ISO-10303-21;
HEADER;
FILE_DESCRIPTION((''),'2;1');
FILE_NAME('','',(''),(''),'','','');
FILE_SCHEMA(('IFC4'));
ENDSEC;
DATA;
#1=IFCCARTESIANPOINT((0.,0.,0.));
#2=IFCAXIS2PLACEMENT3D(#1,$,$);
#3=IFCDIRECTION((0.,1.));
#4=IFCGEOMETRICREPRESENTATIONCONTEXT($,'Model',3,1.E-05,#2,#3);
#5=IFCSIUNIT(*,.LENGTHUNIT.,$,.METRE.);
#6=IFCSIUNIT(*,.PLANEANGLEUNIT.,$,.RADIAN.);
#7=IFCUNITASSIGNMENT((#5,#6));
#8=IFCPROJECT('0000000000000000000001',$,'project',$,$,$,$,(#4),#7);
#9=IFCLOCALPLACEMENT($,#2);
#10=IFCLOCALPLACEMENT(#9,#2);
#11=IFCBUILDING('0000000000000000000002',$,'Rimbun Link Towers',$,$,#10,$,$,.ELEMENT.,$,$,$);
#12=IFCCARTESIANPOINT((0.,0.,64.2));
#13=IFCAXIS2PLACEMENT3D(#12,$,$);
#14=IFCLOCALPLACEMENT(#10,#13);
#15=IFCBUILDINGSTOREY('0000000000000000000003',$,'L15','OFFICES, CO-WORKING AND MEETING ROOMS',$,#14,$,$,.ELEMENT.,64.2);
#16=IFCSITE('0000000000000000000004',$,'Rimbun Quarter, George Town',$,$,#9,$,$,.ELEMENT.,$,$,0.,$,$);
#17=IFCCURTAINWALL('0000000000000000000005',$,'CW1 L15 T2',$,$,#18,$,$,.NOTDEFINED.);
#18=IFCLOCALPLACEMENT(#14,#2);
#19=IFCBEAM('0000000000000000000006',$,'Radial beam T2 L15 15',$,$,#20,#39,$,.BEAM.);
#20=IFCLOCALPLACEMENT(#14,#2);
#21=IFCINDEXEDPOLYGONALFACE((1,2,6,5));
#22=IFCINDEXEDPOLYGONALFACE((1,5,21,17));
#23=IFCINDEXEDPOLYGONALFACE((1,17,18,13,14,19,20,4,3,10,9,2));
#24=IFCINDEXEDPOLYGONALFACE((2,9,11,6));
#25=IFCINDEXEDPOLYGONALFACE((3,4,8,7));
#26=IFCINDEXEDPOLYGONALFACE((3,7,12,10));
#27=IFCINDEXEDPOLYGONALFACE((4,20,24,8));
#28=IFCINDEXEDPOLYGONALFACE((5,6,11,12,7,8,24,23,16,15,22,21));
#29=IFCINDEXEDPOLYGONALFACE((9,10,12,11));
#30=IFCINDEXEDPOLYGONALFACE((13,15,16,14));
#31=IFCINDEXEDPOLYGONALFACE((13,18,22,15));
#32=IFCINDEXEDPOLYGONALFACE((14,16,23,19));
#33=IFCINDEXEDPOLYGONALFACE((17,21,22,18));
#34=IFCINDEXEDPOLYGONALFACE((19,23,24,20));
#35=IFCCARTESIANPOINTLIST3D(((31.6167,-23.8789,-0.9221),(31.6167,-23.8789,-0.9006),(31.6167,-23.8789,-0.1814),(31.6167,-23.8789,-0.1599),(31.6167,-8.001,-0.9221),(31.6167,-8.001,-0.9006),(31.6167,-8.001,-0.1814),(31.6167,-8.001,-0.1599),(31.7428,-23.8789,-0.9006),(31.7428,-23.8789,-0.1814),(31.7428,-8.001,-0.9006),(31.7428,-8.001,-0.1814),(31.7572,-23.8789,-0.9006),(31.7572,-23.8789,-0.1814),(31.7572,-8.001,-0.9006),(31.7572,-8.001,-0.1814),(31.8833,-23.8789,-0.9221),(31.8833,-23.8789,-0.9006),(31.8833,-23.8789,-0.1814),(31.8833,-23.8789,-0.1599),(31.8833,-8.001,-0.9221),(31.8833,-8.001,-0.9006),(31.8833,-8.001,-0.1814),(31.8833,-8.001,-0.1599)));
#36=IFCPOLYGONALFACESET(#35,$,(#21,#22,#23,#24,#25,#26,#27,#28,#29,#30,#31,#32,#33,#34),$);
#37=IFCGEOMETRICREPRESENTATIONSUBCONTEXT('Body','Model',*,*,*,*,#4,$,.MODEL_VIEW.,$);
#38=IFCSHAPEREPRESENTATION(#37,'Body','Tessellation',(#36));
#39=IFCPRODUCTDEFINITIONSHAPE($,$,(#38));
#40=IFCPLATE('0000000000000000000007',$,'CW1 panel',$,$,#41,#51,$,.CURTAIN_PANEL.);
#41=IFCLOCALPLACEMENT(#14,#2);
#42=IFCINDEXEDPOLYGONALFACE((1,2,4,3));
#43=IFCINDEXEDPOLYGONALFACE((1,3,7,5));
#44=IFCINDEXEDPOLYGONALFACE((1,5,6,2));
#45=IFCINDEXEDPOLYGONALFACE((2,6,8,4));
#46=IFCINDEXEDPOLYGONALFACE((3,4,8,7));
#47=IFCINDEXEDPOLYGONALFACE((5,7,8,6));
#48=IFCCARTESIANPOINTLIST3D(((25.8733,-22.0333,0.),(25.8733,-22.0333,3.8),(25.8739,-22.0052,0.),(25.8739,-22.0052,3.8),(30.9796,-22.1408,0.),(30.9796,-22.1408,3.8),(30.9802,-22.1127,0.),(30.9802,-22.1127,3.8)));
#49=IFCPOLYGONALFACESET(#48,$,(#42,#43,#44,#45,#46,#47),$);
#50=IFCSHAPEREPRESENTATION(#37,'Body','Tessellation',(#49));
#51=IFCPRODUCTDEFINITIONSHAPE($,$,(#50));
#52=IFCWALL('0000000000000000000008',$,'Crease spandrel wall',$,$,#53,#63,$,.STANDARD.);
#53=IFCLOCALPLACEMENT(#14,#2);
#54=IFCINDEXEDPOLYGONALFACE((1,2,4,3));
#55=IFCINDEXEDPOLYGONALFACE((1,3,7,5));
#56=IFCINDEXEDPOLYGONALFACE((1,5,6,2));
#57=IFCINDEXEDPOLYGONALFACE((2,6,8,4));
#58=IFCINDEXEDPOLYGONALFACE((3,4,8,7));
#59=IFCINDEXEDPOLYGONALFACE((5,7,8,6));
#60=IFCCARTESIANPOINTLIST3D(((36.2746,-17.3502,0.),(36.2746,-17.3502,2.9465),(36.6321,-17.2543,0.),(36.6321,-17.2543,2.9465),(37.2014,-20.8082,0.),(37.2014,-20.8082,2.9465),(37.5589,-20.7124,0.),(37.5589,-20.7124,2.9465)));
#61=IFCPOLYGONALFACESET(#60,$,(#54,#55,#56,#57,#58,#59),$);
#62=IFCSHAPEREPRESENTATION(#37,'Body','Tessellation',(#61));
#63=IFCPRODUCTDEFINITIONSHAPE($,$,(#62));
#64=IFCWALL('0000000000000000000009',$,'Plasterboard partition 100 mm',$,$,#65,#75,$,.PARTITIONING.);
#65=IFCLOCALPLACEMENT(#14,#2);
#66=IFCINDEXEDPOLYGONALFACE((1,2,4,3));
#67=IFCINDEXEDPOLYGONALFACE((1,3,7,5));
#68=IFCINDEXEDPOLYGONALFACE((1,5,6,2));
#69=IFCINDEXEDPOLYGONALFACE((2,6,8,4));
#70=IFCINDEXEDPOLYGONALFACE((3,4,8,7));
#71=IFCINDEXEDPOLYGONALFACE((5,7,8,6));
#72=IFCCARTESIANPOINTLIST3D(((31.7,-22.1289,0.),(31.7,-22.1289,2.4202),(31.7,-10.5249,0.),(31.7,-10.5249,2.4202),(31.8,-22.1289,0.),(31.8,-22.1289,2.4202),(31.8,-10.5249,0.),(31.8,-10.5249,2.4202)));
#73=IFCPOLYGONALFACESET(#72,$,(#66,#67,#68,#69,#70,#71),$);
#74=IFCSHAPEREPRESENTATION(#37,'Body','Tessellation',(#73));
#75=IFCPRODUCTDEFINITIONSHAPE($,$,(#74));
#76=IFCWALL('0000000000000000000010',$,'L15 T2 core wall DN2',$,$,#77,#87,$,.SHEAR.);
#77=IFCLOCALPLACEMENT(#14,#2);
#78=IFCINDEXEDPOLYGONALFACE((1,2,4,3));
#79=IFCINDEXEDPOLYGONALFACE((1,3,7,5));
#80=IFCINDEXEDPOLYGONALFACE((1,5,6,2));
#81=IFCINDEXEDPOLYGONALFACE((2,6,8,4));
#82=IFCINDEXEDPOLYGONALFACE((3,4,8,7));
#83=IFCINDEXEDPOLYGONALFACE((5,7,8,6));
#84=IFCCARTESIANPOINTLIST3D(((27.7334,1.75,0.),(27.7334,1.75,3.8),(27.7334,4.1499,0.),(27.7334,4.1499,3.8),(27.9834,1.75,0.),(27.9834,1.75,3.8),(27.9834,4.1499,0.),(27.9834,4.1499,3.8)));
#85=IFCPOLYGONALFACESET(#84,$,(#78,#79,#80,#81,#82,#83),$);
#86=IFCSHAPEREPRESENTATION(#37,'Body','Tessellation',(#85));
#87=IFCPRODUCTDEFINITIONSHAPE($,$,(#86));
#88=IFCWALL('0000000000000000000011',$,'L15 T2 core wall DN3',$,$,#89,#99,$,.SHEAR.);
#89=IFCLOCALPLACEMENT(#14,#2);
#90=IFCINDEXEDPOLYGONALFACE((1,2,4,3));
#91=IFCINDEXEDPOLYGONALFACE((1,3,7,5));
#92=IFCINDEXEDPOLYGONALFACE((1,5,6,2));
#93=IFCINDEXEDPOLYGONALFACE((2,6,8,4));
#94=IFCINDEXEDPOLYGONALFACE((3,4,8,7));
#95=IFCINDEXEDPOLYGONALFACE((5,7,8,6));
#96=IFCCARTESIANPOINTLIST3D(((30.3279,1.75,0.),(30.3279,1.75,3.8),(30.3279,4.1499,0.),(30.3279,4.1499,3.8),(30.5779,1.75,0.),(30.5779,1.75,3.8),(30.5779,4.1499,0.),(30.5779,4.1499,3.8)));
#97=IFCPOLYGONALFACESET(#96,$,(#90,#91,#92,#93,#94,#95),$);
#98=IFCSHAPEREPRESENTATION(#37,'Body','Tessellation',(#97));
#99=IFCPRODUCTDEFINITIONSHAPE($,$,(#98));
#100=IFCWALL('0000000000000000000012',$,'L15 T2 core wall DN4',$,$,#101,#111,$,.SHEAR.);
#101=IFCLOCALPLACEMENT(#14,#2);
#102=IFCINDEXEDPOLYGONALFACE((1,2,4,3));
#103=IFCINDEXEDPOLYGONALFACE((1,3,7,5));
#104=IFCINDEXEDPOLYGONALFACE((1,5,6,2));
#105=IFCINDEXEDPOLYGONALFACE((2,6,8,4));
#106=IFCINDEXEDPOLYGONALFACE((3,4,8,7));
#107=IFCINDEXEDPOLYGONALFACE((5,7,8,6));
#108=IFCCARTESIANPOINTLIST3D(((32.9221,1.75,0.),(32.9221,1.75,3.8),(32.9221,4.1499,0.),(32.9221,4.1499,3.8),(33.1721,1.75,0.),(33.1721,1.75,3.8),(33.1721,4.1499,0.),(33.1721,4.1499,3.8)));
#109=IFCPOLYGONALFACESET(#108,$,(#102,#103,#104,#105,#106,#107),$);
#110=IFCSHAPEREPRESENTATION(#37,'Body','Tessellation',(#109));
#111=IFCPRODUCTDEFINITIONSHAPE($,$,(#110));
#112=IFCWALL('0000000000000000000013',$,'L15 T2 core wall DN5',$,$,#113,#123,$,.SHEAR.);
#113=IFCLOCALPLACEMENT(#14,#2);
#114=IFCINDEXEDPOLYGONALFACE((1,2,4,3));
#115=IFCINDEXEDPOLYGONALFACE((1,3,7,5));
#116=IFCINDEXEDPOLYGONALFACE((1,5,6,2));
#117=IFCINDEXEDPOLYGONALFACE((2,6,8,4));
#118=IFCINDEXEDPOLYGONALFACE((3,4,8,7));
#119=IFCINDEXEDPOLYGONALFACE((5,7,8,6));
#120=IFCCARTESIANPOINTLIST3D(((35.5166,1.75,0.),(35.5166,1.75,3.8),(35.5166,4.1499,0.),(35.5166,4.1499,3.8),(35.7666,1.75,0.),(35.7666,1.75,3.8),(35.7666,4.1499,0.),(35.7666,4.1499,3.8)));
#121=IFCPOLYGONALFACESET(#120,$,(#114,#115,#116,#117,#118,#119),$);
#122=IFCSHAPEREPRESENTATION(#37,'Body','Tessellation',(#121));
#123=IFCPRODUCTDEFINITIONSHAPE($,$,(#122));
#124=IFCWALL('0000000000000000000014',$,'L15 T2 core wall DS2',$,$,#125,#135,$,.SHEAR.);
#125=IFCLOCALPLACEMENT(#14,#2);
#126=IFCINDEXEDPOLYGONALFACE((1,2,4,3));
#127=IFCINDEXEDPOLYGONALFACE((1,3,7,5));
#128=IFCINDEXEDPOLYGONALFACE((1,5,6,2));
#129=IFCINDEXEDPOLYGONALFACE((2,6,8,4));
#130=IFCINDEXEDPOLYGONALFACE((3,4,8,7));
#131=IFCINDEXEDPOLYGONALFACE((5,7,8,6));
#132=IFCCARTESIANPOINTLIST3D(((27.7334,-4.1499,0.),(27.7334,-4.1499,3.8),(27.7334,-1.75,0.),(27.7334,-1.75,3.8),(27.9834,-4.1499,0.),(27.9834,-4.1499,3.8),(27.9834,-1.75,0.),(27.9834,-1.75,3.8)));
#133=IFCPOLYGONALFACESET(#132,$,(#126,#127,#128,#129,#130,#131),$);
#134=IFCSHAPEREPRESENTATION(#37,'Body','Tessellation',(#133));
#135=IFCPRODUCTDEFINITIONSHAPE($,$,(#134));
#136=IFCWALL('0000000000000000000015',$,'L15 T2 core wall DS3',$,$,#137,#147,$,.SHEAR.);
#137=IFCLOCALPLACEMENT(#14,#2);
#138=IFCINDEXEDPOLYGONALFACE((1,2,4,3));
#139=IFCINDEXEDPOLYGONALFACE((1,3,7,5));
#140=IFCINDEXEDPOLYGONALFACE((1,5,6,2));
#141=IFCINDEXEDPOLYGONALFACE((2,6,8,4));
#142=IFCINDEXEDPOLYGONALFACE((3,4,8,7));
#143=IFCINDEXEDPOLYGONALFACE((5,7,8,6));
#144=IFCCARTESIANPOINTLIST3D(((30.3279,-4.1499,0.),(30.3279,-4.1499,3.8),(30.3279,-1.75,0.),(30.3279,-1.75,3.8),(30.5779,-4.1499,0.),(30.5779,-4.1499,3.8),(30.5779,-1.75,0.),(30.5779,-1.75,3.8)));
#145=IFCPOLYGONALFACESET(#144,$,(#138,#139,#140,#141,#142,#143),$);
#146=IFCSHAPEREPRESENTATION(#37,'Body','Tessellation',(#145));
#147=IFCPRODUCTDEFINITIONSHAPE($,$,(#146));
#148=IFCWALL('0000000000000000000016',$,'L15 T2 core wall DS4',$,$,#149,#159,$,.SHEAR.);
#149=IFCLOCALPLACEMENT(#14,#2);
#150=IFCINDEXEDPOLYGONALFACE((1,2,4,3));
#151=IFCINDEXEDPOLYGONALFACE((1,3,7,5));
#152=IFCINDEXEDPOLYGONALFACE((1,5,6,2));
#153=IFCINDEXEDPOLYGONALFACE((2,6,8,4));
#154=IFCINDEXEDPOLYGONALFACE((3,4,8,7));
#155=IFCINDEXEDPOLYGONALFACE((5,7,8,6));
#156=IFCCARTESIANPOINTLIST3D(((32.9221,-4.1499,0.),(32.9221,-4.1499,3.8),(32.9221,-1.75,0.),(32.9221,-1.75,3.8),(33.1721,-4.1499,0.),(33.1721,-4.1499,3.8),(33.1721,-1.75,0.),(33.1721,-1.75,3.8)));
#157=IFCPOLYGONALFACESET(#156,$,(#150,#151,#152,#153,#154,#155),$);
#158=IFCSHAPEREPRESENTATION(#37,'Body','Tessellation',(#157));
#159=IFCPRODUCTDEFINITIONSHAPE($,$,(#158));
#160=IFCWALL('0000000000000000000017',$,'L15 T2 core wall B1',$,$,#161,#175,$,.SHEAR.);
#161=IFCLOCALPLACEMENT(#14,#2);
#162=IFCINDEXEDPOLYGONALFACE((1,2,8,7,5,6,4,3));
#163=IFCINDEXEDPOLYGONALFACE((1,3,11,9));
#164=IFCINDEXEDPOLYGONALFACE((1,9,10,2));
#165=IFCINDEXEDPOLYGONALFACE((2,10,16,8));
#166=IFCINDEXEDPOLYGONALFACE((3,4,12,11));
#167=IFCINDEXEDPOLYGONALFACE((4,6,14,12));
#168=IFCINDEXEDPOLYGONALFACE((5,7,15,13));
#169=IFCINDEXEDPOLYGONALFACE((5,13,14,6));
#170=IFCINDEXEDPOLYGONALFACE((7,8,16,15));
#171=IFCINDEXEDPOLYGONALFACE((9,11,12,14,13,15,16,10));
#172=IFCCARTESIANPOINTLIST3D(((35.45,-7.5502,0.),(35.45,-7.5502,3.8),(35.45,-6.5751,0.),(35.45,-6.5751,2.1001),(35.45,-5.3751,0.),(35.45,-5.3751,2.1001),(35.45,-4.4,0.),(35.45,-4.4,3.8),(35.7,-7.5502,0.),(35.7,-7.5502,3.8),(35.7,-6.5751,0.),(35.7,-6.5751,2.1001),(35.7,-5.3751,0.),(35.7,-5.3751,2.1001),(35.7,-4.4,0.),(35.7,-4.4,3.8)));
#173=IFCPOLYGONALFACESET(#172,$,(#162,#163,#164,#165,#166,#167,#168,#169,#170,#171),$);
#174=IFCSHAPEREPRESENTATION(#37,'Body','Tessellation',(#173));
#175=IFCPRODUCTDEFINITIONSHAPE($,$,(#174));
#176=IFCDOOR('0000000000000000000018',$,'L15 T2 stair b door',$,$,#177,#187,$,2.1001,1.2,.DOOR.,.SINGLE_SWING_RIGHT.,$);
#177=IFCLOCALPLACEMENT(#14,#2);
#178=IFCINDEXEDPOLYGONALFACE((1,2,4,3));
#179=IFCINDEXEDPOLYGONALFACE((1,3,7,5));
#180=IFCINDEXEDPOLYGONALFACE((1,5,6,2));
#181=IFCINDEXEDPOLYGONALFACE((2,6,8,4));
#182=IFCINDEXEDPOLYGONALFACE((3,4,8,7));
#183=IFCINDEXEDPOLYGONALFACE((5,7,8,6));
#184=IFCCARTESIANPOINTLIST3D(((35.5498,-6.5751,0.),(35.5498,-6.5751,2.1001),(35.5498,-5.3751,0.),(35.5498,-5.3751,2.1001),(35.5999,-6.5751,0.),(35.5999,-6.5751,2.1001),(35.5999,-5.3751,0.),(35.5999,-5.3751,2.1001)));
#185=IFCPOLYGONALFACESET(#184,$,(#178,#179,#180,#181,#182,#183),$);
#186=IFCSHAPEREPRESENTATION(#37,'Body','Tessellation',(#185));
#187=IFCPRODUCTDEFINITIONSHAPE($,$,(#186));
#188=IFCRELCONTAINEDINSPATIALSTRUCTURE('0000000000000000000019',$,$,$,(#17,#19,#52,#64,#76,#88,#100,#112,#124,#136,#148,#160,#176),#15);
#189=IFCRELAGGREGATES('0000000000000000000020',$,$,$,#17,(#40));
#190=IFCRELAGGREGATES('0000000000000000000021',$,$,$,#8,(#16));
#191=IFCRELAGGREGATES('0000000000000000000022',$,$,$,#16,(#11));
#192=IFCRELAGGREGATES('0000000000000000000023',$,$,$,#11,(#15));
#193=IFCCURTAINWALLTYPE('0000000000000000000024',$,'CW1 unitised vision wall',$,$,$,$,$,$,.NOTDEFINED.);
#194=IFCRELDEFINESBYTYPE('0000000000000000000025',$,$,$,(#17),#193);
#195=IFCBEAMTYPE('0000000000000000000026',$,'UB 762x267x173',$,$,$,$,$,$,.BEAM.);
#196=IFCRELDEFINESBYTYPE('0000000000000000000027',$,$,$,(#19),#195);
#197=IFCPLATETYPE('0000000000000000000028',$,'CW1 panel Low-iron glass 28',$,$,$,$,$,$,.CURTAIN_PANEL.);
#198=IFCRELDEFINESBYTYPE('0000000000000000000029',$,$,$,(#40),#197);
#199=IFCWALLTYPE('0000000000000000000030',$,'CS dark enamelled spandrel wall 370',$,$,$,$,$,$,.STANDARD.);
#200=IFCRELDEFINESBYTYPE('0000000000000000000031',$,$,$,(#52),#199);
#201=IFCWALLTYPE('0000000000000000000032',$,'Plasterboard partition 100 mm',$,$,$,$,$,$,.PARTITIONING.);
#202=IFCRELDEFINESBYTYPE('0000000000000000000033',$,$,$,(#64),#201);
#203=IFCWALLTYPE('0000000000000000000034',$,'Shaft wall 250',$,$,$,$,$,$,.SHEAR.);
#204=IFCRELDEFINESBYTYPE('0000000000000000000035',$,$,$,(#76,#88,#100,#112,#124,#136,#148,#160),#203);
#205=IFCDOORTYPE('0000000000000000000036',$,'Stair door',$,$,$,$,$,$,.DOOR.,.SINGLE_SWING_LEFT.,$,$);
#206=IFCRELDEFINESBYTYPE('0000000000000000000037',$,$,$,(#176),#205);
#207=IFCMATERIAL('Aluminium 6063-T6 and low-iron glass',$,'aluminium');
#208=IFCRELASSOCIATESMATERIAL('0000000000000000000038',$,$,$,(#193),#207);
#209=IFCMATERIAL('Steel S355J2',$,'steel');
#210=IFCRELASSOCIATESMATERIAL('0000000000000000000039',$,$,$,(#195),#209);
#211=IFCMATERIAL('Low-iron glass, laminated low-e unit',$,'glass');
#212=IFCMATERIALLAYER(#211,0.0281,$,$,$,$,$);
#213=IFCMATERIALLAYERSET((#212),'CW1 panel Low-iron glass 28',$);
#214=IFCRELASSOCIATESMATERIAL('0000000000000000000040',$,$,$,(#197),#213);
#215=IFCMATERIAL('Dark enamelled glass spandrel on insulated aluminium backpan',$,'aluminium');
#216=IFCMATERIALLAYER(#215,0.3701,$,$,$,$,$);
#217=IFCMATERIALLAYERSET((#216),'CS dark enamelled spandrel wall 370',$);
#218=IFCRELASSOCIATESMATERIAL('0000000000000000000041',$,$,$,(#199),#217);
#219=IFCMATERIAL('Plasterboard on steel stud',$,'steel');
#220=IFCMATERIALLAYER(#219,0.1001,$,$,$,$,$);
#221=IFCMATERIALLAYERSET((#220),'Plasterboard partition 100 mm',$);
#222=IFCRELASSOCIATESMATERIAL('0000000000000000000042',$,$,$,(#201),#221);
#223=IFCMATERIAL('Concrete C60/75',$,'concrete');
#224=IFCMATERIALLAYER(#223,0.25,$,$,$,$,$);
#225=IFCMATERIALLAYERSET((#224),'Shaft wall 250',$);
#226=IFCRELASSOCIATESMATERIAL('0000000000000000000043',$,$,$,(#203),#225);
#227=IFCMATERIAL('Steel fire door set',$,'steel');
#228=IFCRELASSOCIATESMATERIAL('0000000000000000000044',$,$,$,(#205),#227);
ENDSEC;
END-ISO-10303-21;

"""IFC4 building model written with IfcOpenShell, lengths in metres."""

from ifc_helpers import new_model, si_unit, direction, frame, frame_2d, origin, origin_2d, place, context, subcontext, project, spatial, rectangle, i_section, extrude, material, layer, layer_set, material_profile, profile_set, type_object, element, fill, aggregate, save


model = new_model("IFC4")

# Units and contexts
model_context = context("Model", 3, precision=1e-05, world=origin(), true_north=direction((0.0, 1.0)))
body_context = subcontext(model_context, "Body", "Model", "MODEL_VIEW")
ifc_project = project(units=[si_unit("LENGTHUNIT", "METRE"), si_unit("PLANEANGLEUNIT", "RADIAN")], contexts=[model_context])

# Site, building, storey
site_placement = place(None, origin())
site = spatial("IfcSite", under=ifc_project, at=site_placement, Name="Rimbun Quarter, George Town", CompositionType="ELEMENT", RefElevation=0.0)
building_placement = place(site_placement, origin())
building = spatial("IfcBuilding", under=site, at=building_placement, Name="Rimbun Link Towers", CompositionType="ELEMENT")
storey_placement = place(building_placement, frame((0.0, 0.0, 64.2)))
storey = spatial("IfcBuildingStorey", under=building, at=storey_placement, Name="L15", Description="OFFICES, CO-WORKING AND MEETING ROOMS", CompositionType="ELEMENT", Elevation=64.2)

# Curtain wall
ifc_material_1 = material(Name="Aluminium 6063-T6 and low-iron glass", Category="aluminium")
curtain_wall_type = type_object("IfcCurtainWallType", Name="CW1 unitised vision wall", PredefinedType="NOTDEFINED", material=ifc_material_1)
curtain_wall_placement = place(storey_placement, origin())
curtain_wall = element("IfcCurtainWall", 1, at=curtain_wall_placement, inside=storey, type_object=curtain_wall_type, Name="CW1 L15 T2", PredefinedType="NOTDEFINED")

# Beam
ifc_material_2 = material(Name="Steel S355J2", Category="steel")
ifc_material_profile_1 = material_profile(ifc_material_2, i_section(OverallWidth=0.2666, OverallDepth=0.7622, WebThickness=0.0144, FlangeThickness=0.0215, at=origin_2d()), Name="UB 762x267x173")
ifc_profile_set_1 = profile_set([ifc_material_profile_1], Name="Steel S355J2")
beam_type_1 = type_object("IfcBeamType", Name="UB 762x267x173", PredefinedType="BEAM", material=ifc_profile_set_1)
beam_1_placement = place(storey_placement, frame((31.75, -8.001, -0.541), z_axis=(0.0, -1.0, 0.0), x_axis=(1.0, 0.0, 0.0)))
element("IfcBeam", 2, at=beam_1_placement, inside=storey, type_object=beam_type_1, Name="Radial beam T2 L15 15", PredefinedType="BEAM", context=body_context, shape_type="SweptSolid", body=[
    extrude(i_section(OverallWidth=0.2666, OverallDepth=0.7622, WebThickness=0.0144, FlangeThickness=0.0215, at=origin_2d()), origin(), (0.0, 0.0, 1.0), 15.8779),
])

# Plate
ifc_material_3 = material(Name="Low-iron glass, laminated low-e unit", Category="glass")
ifc_layer_1 = layer(ifc_material_3, 0.0281)
ifc_layer_set_1 = layer_set([ifc_layer_1], Name="CW1 panel Low-iron glass 28")
plate_type = type_object("IfcPlateType", Name="CW1 panel Low-iron glass 28", PredefinedType="CURTAIN_PANEL", material=ifc_layer_set_1)
plate_placement = place(storey_placement, frame((28.4268, -22.073, 0.0), z_axis=(0.0, 0.0, 1.0), x_axis=(-0.999778, 0.02106, 0.0)))
plate = element("IfcPlate", 3, at=plate_placement, type_object=plate_type, Name="CW1 panel", PredefinedType="CURTAIN_PANEL", context=body_context, shape_type="SweptSolid", body=[
    extrude(rectangle(XDim=5.1074, YDim=0.0281, at=origin_2d()), origin(), (0.0, 0.0, 1.0), 3.8),
])
aggregate(curtain_wall, [plate])

# Walls
ifc_material_4 = material(Name="Dark enamelled glass spandrel on insulated aluminium backpan", Category="aluminium")
ifc_layer_2 = layer(ifc_material_4, 0.3701)
ifc_layer_set_2 = layer_set([ifc_layer_2], Name="CS dark enamelled spandrel wall 370")
wall_type_1 = type_object("IfcWallType", Name="CS dark enamelled spandrel wall 370", PredefinedType="STANDARD", material=ifc_layer_set_2)
wall_1_placement = place(storey_placement, frame((36.4534, -17.3022, 0.0), z_axis=(0.0, 0.0, 1.0), x_axis=(0.258868, -0.965913, 0.0)))
element("IfcWall", 4, at=wall_1_placement, inside=storey, type_object=wall_type_1, Name="Crease spandrel wall", PredefinedType="STANDARD", context=body_context, shape_type="SweptSolid", body=[
    extrude(rectangle(XDim=3.5801, YDim=0.3701, at=frame_2d((1.79, 0.0))), origin(), (0.0, 0.0, 1.0), 2.9465),
])
ifc_material_5 = material(Name="Plasterboard on steel stud", Category="steel")
ifc_layer_3 = layer(ifc_material_5, 0.1001)
ifc_layer_set_3 = layer_set([ifc_layer_3], Name="Plasterboard partition 100 mm")
wall_type_2 = type_object("IfcWallType", Name="Plasterboard partition 100 mm", PredefinedType="PARTITIONING", material=ifc_layer_set_3)
wall_2_placement = place(storey_placement, frame((31.75, -22.1289, 0.0), z_axis=(0.0, 0.0, 1.0), x_axis=(0.0, 1.0, 0.0)))
element("IfcWall", 5, at=wall_2_placement, inside=storey, type_object=wall_type_2, Name="Plasterboard partition 100 mm", PredefinedType="PARTITIONING", context=body_context, shape_type="SweptSolid", body=[
    extrude(rectangle(XDim=11.604, YDim=0.1001, at=frame_2d((5.802, 0.0))), origin(), (0.0, 0.0, 1.0), 2.4202),
])
ifc_material_6 = material(Name="Concrete C60/75", Category="concrete")
ifc_layer_4 = layer(ifc_material_6, 0.25)
ifc_layer_set_4 = layer_set([ifc_layer_4], Name="Shaft wall 250")
wall_type_3 = type_object("IfcWallType", Name="Shaft wall 250", PredefinedType="SHEAR", material=ifc_layer_set_4)
for number, where, z_axis, x_axis, name in (
    (6, (27.8584, 1.75, 0.0), (0.0, 0.0, 1.0), (0.0, 1.0, 0.0), "L15 T2 core wall DN2"),
    (7, (30.4529, 1.75, 0.0), (0.0, 0.0, 1.0), (0.0, 1.0, 0.0), "L15 T2 core wall DN3"),
    (8, (33.0471, 1.75, 0.0), (0.0, 0.0, 1.0), (0.0, 1.0, 0.0), "L15 T2 core wall DN4"),
    (9, (35.6416, 1.75, 0.0), (0.0, 0.0, 1.0), (0.0, 1.0, 0.0), "L15 T2 core wall DN5"),
    (10, (27.8584, -4.1499, 0.0), (0.0, 0.0, 1.0), (0.0, 1.0, 0.0), "L15 T2 core wall DS2"),
    (11, (30.4529, -4.1499, 0.0), (0.0, 0.0, 1.0), (0.0, 1.0, 0.0), "L15 T2 core wall DS3"),
    (12, (33.0471, -4.1499, 0.0), (0.0, 0.0, 1.0), (0.0, 1.0, 0.0), "L15 T2 core wall DS4"),
):
    element("IfcWall", number, at=place(storey_placement, frame(where, z_axis=z_axis, x_axis=x_axis)), inside=storey, type_object=wall_type_3, Name=name, PredefinedType="SHEAR", context=body_context, shape_type="SweptSolid", body=[
        extrude(rectangle(XDim=2.3999, YDim=0.25, at=frame_2d((1.2, 0.0))), origin(), (0.0, 0.0, 1.0), 3.8),
    ])

# Wall, opening, door
wall_3_placement = place(storey_placement, frame((35.575, -4.3999, 0.0), z_axis=(0.0, 0.0, 1.0), x_axis=(0.0, -1.0, 0.0)))
wall_3 = element("IfcWall", 13, at=wall_3_placement, inside=storey, type_object=wall_type_3, Name="L15 T2 core wall B1", PredefinedType="SHEAR", context=body_context, shape_type="SweptSolid", body=[
    extrude(rectangle(XDim=3.1501, YDim=0.25, at=frame_2d((1.5752, 0.0))), origin(), (0.0, 0.0, 1.0), 3.8),
])
opening_1_placement = place(wall_3_placement, frame((0.9751, 0.0, 0.0)))
opening_1 = element("IfcOpeningElement", 14, at=opening_1_placement, cuts=wall_3, PredefinedType="OPENING", context=body_context, shape_type="SweptSolid", body=[
    extrude(rectangle(XDim=1.2, YDim=2.1001, at=frame_2d((0.6001, 1.05))), frame((0.0, 0.135, 0.0), z_axis=(0.0, -1.0, 0.0), x_axis=(1.0, 0.0, 0.0)), (0.0, 0.0, 1.0), 0.27),
])
ifc_material_7 = material(Name="Steel fire door set", Category="steel")
door_type_1 = type_object("IfcDoorType", Name="Stair door", OperationType="SINGLE_SWING_LEFT", PredefinedType="DOOR", material=ifc_material_7)
door_1_placement = place(opening_1_placement, origin())
door_1 = element("IfcDoor", 15, at=door_1_placement, inside=storey, type_object=door_type_1, Name="L15 T2 stair b door", OperationType="SINGLE_SWING_RIGHT", OverallHeight=2.1001, OverallWidth=1.2, PredefinedType="DOOR", context=body_context, shape_type="SweptSolid", body=[
    extrude(rectangle(XDim=1.2, YDim=2.1001, at=frame_2d((0.6001, 1.05))), frame((0.0, 0.0249, 0.0), z_axis=(0.0, -1.0, 0.0), x_axis=(1.0, 0.0, 0.0)), (0.0, 0.0, 1.0), 0.05),
])
fill(opening_1, door_1)

save(model, "model.ifc")
